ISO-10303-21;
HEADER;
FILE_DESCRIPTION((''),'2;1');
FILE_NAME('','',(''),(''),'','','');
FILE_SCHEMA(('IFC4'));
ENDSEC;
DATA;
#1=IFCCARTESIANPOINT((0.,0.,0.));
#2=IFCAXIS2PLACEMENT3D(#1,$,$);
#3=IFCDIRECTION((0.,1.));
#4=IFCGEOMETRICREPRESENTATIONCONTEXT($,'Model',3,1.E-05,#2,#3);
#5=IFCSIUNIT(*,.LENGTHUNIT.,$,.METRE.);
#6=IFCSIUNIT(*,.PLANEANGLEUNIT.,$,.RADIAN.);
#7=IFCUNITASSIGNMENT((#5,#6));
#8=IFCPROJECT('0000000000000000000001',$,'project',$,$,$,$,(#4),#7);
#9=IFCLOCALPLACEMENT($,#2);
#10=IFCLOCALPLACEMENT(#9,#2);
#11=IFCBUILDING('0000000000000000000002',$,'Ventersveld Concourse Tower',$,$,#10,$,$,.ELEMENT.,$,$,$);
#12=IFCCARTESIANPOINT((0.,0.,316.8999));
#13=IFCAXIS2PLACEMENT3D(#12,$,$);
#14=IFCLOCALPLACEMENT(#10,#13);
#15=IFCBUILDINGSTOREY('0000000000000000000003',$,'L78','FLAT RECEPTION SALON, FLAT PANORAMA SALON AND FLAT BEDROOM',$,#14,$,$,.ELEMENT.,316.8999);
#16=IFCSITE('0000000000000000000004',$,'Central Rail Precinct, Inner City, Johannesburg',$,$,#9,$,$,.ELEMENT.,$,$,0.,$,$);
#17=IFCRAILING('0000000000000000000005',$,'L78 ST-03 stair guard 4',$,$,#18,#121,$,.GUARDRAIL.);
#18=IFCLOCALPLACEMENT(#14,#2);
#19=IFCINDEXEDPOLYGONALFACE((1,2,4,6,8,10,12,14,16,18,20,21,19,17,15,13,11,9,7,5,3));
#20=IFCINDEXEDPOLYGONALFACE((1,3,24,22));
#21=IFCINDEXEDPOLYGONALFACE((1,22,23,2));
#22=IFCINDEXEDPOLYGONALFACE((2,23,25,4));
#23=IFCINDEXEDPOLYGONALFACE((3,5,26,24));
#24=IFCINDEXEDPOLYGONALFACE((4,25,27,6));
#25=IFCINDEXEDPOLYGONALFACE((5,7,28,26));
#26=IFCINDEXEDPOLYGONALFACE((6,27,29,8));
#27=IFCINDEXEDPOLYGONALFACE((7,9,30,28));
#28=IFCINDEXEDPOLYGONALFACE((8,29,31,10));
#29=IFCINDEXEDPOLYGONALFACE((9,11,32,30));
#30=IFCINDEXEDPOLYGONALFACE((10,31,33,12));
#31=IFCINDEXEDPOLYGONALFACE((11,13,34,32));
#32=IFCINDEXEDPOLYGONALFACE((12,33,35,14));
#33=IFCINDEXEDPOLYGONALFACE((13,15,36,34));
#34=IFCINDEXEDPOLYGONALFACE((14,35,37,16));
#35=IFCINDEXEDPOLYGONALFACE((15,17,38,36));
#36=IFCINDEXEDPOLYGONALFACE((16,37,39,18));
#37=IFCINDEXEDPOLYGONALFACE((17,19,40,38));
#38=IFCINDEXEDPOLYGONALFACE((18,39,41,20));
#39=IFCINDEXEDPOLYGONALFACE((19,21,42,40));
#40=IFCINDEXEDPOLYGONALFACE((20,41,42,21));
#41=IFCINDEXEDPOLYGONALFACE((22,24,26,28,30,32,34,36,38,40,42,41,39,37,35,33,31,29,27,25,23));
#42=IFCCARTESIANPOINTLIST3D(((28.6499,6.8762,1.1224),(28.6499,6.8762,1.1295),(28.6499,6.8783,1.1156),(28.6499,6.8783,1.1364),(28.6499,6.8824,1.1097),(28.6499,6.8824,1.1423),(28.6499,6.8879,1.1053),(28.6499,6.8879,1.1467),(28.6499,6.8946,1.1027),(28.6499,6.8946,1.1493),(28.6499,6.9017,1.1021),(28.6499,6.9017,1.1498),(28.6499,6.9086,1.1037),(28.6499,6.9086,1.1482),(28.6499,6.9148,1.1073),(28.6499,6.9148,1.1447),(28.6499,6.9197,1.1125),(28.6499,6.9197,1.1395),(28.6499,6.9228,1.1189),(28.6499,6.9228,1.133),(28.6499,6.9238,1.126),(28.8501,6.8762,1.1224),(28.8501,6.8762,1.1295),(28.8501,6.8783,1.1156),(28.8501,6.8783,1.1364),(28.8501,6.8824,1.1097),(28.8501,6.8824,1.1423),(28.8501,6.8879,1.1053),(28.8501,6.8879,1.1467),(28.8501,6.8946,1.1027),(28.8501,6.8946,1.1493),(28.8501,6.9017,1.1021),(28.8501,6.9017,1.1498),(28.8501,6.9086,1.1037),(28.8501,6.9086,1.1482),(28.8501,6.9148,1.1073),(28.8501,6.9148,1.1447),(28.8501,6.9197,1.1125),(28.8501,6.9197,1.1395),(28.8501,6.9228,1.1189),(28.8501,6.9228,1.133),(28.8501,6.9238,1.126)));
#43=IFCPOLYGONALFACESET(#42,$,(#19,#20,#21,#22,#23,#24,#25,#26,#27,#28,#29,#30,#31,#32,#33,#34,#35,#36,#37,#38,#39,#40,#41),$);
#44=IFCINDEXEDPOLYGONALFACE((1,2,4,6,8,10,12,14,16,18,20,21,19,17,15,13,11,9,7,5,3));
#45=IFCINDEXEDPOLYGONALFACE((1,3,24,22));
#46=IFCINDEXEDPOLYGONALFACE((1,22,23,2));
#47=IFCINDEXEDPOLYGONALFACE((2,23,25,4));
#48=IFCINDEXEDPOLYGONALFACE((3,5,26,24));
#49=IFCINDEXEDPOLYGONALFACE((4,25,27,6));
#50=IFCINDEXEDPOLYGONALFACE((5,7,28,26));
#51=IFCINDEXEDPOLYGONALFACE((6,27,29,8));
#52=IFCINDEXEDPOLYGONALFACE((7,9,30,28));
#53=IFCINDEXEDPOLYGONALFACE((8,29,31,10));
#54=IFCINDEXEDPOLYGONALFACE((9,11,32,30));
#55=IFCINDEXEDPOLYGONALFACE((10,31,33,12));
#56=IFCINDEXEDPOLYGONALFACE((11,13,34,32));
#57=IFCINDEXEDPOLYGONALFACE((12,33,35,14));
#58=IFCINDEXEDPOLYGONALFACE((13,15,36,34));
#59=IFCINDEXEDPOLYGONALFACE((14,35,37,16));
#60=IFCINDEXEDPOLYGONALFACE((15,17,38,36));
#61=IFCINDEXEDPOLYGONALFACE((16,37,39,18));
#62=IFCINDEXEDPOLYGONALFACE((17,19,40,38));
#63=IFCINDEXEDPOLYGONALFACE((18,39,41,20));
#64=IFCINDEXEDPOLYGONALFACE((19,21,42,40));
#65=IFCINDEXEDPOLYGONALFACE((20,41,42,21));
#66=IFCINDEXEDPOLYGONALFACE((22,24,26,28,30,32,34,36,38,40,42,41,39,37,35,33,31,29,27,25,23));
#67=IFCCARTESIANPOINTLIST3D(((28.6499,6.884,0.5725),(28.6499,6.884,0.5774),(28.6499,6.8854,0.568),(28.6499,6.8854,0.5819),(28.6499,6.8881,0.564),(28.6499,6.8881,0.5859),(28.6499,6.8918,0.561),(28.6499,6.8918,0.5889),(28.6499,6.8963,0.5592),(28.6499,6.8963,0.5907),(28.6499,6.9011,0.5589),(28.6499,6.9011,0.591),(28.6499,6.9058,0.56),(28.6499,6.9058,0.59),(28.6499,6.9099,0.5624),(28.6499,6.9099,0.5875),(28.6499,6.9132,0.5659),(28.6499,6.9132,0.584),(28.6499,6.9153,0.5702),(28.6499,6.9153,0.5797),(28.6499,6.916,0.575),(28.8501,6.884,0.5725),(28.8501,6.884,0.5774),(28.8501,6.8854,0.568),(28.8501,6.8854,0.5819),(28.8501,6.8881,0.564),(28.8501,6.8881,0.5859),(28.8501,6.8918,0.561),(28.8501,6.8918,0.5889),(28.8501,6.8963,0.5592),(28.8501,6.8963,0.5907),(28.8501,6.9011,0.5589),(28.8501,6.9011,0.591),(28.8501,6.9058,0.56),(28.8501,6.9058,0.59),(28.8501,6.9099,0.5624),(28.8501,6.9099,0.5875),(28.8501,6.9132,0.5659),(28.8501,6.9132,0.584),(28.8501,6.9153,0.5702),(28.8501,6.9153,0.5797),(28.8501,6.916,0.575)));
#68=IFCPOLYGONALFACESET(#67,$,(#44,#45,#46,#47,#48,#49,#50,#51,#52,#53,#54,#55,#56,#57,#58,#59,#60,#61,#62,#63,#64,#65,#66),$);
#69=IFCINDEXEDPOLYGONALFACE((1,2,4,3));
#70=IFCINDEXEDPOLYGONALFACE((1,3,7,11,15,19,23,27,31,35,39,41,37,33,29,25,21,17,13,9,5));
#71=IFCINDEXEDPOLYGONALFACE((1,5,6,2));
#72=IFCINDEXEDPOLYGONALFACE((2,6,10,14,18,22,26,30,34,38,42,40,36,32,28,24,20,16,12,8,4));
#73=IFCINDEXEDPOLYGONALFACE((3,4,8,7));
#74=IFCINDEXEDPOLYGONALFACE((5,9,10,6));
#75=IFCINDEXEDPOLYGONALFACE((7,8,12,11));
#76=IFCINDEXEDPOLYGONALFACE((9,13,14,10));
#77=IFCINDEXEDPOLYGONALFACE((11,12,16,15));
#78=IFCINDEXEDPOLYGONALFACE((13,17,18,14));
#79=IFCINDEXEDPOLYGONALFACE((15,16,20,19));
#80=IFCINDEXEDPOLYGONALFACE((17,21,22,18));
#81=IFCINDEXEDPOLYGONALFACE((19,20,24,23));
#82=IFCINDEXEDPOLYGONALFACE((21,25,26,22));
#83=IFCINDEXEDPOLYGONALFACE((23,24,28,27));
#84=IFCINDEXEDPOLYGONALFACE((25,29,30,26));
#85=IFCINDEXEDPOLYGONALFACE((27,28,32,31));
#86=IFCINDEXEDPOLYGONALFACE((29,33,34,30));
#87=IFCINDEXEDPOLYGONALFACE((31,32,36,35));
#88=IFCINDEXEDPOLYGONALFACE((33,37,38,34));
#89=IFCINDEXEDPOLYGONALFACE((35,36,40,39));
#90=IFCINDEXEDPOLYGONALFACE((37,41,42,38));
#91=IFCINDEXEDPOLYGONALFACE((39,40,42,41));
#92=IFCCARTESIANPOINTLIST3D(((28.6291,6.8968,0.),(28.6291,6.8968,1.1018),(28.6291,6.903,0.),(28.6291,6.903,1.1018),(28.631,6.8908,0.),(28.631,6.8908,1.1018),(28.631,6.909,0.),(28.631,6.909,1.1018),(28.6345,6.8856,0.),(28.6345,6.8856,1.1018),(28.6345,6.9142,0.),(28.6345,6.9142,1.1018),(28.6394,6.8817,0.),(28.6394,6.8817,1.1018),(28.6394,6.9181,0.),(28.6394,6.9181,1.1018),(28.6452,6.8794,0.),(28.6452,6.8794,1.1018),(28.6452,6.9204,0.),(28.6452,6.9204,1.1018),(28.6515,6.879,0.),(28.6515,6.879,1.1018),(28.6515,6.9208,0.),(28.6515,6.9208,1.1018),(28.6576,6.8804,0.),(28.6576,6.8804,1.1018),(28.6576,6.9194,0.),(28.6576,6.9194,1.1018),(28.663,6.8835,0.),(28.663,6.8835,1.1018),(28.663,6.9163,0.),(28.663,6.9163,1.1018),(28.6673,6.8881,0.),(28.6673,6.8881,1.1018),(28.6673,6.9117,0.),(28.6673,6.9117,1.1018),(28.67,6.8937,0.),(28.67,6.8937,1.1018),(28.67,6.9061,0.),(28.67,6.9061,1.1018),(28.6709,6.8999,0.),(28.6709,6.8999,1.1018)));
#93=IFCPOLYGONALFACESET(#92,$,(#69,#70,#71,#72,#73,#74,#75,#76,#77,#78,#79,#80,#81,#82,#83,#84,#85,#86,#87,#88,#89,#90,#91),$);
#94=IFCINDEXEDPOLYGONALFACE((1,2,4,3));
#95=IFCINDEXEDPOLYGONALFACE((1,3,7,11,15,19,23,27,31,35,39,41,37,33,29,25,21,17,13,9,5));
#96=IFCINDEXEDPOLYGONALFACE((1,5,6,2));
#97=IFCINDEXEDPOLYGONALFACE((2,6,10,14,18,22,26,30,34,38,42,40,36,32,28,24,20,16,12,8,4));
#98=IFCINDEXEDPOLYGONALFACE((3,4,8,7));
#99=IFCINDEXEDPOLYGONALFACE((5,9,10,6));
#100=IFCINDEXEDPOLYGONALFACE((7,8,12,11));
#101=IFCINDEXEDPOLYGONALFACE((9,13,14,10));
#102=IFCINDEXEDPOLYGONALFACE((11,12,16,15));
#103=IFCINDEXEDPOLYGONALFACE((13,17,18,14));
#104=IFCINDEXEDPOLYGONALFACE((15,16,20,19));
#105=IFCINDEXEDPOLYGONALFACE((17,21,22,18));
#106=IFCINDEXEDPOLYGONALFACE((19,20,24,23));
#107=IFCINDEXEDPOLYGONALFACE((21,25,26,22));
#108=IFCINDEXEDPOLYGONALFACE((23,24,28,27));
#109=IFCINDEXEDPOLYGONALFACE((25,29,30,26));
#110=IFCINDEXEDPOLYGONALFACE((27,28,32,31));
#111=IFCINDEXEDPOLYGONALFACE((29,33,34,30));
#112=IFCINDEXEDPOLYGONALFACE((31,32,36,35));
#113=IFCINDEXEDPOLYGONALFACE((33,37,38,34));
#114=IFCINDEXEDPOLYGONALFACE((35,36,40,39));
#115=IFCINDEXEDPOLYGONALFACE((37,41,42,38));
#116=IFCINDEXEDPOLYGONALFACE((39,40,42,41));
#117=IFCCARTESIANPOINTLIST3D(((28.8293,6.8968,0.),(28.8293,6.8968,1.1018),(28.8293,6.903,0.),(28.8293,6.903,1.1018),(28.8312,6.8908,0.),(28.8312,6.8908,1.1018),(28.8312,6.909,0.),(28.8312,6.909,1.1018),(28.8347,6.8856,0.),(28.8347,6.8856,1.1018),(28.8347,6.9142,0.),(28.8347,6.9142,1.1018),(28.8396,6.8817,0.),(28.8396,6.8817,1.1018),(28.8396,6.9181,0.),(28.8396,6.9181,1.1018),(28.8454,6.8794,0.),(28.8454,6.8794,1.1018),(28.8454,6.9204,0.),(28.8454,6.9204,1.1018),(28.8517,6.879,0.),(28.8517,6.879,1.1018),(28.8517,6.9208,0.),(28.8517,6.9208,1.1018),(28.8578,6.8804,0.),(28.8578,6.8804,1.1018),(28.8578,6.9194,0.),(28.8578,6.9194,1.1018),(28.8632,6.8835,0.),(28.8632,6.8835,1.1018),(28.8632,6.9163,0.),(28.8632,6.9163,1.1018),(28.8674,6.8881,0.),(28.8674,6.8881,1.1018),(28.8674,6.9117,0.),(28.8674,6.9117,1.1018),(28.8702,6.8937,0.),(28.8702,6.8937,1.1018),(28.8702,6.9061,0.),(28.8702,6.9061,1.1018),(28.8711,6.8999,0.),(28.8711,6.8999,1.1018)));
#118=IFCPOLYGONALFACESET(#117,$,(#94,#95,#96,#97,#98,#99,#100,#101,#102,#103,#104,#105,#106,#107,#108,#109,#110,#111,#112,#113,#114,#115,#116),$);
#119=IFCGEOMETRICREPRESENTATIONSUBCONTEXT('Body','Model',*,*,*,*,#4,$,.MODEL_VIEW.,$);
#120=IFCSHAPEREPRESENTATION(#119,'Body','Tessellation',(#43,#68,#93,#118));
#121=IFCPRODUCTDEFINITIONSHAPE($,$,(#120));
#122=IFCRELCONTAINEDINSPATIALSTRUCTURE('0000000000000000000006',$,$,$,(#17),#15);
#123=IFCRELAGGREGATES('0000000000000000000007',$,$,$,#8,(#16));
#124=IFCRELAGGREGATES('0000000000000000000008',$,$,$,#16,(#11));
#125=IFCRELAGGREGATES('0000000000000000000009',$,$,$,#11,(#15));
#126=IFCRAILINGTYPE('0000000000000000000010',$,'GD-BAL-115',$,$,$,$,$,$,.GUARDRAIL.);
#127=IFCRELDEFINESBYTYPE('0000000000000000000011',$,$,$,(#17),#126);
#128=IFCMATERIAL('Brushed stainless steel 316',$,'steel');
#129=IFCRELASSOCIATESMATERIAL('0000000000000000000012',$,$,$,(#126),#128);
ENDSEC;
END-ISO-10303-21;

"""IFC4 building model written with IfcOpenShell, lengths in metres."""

from ifc_helpers import new_model, si_unit, direction, frame, origin, origin_2d, place, context, subcontext, project, spatial, circle, extrude, material, type_object, element, save


model = new_model("IFC4")

# Units and contexts
model_context = context("Model", 3, precision=1e-05, world=origin(), true_north=direction((0.0, 1.0)))
body_context = subcontext(model_context, "Body", "Model", "MODEL_VIEW")
ifc_project = project(units=[si_unit("LENGTHUNIT", "METRE"), si_unit("PLANEANGLEUNIT", "RADIAN")], contexts=[model_context])

# Site, building, storey
site_placement = place(None, origin())
site = spatial("IfcSite", under=ifc_project, at=site_placement, Name="Central Rail Precinct, Inner City, Johannesburg", CompositionType="ELEMENT", RefElevation=0.0)
building_placement = place(site_placement, origin())
building = spatial("IfcBuilding", under=site, at=building_placement, Name="Ventersveld Concourse Tower", CompositionType="ELEMENT")
storey_placement = place(building_placement, frame((0.0, 0.0, 316.8999)))
storey = spatial("IfcBuildingStorey", under=building, at=storey_placement, Name="L78", Description="FLAT RECEPTION SALON, FLAT PANORAMA SALON AND FLAT BEDROOM", CompositionType="ELEMENT", Elevation=316.8999)

# Shared definitions
ifc_material_1 = material(Name="Brushed stainless steel 316", Category="steel")

# Railing
railing_type_1 = type_object("IfcRailingType", Name="GD-BAL-115", PredefinedType="GUARDRAIL", material=ifc_material_1)
railing_1_placement = place(storey_placement, frame((28.6499, 6.8999, 0.0)))
element("IfcRailing", 1, at=railing_1_placement, inside=storey, type_object=railing_type_1, Name="L78 ST-03 stair guard 4", PredefinedType="GUARDRAIL", context=body_context, shape_type="SweptSolid", body=[
    extrude(circle(Radius=0.0239, at=origin_2d()), frame((0.0, 0.0, 1.126), z_axis=(1.0, 0.0, 0.0), x_axis=(0.0, 1.0, 0.0)), (0.0, 0.0, 1.0), 0.2002),
    extrude(circle(Radius=0.0161, at=origin_2d()), frame((0.0, 0.0, 0.575), z_axis=(1.0, 0.0, 0.0), x_axis=(0.0, 1.0, 0.0)), (0.0, 0.0, 1.0), 0.2002),
    extrude(circle(Radius=0.021, at=origin_2d()), origin(), (0.0, 0.0, 1.0), 1.1018),
    extrude(circle(Radius=0.021, at=origin_2d()), frame((0.2002, 0.0, 0.0)), (0.0, 0.0, 1.0), 1.1018),
])

save(model, "model.ifc")
